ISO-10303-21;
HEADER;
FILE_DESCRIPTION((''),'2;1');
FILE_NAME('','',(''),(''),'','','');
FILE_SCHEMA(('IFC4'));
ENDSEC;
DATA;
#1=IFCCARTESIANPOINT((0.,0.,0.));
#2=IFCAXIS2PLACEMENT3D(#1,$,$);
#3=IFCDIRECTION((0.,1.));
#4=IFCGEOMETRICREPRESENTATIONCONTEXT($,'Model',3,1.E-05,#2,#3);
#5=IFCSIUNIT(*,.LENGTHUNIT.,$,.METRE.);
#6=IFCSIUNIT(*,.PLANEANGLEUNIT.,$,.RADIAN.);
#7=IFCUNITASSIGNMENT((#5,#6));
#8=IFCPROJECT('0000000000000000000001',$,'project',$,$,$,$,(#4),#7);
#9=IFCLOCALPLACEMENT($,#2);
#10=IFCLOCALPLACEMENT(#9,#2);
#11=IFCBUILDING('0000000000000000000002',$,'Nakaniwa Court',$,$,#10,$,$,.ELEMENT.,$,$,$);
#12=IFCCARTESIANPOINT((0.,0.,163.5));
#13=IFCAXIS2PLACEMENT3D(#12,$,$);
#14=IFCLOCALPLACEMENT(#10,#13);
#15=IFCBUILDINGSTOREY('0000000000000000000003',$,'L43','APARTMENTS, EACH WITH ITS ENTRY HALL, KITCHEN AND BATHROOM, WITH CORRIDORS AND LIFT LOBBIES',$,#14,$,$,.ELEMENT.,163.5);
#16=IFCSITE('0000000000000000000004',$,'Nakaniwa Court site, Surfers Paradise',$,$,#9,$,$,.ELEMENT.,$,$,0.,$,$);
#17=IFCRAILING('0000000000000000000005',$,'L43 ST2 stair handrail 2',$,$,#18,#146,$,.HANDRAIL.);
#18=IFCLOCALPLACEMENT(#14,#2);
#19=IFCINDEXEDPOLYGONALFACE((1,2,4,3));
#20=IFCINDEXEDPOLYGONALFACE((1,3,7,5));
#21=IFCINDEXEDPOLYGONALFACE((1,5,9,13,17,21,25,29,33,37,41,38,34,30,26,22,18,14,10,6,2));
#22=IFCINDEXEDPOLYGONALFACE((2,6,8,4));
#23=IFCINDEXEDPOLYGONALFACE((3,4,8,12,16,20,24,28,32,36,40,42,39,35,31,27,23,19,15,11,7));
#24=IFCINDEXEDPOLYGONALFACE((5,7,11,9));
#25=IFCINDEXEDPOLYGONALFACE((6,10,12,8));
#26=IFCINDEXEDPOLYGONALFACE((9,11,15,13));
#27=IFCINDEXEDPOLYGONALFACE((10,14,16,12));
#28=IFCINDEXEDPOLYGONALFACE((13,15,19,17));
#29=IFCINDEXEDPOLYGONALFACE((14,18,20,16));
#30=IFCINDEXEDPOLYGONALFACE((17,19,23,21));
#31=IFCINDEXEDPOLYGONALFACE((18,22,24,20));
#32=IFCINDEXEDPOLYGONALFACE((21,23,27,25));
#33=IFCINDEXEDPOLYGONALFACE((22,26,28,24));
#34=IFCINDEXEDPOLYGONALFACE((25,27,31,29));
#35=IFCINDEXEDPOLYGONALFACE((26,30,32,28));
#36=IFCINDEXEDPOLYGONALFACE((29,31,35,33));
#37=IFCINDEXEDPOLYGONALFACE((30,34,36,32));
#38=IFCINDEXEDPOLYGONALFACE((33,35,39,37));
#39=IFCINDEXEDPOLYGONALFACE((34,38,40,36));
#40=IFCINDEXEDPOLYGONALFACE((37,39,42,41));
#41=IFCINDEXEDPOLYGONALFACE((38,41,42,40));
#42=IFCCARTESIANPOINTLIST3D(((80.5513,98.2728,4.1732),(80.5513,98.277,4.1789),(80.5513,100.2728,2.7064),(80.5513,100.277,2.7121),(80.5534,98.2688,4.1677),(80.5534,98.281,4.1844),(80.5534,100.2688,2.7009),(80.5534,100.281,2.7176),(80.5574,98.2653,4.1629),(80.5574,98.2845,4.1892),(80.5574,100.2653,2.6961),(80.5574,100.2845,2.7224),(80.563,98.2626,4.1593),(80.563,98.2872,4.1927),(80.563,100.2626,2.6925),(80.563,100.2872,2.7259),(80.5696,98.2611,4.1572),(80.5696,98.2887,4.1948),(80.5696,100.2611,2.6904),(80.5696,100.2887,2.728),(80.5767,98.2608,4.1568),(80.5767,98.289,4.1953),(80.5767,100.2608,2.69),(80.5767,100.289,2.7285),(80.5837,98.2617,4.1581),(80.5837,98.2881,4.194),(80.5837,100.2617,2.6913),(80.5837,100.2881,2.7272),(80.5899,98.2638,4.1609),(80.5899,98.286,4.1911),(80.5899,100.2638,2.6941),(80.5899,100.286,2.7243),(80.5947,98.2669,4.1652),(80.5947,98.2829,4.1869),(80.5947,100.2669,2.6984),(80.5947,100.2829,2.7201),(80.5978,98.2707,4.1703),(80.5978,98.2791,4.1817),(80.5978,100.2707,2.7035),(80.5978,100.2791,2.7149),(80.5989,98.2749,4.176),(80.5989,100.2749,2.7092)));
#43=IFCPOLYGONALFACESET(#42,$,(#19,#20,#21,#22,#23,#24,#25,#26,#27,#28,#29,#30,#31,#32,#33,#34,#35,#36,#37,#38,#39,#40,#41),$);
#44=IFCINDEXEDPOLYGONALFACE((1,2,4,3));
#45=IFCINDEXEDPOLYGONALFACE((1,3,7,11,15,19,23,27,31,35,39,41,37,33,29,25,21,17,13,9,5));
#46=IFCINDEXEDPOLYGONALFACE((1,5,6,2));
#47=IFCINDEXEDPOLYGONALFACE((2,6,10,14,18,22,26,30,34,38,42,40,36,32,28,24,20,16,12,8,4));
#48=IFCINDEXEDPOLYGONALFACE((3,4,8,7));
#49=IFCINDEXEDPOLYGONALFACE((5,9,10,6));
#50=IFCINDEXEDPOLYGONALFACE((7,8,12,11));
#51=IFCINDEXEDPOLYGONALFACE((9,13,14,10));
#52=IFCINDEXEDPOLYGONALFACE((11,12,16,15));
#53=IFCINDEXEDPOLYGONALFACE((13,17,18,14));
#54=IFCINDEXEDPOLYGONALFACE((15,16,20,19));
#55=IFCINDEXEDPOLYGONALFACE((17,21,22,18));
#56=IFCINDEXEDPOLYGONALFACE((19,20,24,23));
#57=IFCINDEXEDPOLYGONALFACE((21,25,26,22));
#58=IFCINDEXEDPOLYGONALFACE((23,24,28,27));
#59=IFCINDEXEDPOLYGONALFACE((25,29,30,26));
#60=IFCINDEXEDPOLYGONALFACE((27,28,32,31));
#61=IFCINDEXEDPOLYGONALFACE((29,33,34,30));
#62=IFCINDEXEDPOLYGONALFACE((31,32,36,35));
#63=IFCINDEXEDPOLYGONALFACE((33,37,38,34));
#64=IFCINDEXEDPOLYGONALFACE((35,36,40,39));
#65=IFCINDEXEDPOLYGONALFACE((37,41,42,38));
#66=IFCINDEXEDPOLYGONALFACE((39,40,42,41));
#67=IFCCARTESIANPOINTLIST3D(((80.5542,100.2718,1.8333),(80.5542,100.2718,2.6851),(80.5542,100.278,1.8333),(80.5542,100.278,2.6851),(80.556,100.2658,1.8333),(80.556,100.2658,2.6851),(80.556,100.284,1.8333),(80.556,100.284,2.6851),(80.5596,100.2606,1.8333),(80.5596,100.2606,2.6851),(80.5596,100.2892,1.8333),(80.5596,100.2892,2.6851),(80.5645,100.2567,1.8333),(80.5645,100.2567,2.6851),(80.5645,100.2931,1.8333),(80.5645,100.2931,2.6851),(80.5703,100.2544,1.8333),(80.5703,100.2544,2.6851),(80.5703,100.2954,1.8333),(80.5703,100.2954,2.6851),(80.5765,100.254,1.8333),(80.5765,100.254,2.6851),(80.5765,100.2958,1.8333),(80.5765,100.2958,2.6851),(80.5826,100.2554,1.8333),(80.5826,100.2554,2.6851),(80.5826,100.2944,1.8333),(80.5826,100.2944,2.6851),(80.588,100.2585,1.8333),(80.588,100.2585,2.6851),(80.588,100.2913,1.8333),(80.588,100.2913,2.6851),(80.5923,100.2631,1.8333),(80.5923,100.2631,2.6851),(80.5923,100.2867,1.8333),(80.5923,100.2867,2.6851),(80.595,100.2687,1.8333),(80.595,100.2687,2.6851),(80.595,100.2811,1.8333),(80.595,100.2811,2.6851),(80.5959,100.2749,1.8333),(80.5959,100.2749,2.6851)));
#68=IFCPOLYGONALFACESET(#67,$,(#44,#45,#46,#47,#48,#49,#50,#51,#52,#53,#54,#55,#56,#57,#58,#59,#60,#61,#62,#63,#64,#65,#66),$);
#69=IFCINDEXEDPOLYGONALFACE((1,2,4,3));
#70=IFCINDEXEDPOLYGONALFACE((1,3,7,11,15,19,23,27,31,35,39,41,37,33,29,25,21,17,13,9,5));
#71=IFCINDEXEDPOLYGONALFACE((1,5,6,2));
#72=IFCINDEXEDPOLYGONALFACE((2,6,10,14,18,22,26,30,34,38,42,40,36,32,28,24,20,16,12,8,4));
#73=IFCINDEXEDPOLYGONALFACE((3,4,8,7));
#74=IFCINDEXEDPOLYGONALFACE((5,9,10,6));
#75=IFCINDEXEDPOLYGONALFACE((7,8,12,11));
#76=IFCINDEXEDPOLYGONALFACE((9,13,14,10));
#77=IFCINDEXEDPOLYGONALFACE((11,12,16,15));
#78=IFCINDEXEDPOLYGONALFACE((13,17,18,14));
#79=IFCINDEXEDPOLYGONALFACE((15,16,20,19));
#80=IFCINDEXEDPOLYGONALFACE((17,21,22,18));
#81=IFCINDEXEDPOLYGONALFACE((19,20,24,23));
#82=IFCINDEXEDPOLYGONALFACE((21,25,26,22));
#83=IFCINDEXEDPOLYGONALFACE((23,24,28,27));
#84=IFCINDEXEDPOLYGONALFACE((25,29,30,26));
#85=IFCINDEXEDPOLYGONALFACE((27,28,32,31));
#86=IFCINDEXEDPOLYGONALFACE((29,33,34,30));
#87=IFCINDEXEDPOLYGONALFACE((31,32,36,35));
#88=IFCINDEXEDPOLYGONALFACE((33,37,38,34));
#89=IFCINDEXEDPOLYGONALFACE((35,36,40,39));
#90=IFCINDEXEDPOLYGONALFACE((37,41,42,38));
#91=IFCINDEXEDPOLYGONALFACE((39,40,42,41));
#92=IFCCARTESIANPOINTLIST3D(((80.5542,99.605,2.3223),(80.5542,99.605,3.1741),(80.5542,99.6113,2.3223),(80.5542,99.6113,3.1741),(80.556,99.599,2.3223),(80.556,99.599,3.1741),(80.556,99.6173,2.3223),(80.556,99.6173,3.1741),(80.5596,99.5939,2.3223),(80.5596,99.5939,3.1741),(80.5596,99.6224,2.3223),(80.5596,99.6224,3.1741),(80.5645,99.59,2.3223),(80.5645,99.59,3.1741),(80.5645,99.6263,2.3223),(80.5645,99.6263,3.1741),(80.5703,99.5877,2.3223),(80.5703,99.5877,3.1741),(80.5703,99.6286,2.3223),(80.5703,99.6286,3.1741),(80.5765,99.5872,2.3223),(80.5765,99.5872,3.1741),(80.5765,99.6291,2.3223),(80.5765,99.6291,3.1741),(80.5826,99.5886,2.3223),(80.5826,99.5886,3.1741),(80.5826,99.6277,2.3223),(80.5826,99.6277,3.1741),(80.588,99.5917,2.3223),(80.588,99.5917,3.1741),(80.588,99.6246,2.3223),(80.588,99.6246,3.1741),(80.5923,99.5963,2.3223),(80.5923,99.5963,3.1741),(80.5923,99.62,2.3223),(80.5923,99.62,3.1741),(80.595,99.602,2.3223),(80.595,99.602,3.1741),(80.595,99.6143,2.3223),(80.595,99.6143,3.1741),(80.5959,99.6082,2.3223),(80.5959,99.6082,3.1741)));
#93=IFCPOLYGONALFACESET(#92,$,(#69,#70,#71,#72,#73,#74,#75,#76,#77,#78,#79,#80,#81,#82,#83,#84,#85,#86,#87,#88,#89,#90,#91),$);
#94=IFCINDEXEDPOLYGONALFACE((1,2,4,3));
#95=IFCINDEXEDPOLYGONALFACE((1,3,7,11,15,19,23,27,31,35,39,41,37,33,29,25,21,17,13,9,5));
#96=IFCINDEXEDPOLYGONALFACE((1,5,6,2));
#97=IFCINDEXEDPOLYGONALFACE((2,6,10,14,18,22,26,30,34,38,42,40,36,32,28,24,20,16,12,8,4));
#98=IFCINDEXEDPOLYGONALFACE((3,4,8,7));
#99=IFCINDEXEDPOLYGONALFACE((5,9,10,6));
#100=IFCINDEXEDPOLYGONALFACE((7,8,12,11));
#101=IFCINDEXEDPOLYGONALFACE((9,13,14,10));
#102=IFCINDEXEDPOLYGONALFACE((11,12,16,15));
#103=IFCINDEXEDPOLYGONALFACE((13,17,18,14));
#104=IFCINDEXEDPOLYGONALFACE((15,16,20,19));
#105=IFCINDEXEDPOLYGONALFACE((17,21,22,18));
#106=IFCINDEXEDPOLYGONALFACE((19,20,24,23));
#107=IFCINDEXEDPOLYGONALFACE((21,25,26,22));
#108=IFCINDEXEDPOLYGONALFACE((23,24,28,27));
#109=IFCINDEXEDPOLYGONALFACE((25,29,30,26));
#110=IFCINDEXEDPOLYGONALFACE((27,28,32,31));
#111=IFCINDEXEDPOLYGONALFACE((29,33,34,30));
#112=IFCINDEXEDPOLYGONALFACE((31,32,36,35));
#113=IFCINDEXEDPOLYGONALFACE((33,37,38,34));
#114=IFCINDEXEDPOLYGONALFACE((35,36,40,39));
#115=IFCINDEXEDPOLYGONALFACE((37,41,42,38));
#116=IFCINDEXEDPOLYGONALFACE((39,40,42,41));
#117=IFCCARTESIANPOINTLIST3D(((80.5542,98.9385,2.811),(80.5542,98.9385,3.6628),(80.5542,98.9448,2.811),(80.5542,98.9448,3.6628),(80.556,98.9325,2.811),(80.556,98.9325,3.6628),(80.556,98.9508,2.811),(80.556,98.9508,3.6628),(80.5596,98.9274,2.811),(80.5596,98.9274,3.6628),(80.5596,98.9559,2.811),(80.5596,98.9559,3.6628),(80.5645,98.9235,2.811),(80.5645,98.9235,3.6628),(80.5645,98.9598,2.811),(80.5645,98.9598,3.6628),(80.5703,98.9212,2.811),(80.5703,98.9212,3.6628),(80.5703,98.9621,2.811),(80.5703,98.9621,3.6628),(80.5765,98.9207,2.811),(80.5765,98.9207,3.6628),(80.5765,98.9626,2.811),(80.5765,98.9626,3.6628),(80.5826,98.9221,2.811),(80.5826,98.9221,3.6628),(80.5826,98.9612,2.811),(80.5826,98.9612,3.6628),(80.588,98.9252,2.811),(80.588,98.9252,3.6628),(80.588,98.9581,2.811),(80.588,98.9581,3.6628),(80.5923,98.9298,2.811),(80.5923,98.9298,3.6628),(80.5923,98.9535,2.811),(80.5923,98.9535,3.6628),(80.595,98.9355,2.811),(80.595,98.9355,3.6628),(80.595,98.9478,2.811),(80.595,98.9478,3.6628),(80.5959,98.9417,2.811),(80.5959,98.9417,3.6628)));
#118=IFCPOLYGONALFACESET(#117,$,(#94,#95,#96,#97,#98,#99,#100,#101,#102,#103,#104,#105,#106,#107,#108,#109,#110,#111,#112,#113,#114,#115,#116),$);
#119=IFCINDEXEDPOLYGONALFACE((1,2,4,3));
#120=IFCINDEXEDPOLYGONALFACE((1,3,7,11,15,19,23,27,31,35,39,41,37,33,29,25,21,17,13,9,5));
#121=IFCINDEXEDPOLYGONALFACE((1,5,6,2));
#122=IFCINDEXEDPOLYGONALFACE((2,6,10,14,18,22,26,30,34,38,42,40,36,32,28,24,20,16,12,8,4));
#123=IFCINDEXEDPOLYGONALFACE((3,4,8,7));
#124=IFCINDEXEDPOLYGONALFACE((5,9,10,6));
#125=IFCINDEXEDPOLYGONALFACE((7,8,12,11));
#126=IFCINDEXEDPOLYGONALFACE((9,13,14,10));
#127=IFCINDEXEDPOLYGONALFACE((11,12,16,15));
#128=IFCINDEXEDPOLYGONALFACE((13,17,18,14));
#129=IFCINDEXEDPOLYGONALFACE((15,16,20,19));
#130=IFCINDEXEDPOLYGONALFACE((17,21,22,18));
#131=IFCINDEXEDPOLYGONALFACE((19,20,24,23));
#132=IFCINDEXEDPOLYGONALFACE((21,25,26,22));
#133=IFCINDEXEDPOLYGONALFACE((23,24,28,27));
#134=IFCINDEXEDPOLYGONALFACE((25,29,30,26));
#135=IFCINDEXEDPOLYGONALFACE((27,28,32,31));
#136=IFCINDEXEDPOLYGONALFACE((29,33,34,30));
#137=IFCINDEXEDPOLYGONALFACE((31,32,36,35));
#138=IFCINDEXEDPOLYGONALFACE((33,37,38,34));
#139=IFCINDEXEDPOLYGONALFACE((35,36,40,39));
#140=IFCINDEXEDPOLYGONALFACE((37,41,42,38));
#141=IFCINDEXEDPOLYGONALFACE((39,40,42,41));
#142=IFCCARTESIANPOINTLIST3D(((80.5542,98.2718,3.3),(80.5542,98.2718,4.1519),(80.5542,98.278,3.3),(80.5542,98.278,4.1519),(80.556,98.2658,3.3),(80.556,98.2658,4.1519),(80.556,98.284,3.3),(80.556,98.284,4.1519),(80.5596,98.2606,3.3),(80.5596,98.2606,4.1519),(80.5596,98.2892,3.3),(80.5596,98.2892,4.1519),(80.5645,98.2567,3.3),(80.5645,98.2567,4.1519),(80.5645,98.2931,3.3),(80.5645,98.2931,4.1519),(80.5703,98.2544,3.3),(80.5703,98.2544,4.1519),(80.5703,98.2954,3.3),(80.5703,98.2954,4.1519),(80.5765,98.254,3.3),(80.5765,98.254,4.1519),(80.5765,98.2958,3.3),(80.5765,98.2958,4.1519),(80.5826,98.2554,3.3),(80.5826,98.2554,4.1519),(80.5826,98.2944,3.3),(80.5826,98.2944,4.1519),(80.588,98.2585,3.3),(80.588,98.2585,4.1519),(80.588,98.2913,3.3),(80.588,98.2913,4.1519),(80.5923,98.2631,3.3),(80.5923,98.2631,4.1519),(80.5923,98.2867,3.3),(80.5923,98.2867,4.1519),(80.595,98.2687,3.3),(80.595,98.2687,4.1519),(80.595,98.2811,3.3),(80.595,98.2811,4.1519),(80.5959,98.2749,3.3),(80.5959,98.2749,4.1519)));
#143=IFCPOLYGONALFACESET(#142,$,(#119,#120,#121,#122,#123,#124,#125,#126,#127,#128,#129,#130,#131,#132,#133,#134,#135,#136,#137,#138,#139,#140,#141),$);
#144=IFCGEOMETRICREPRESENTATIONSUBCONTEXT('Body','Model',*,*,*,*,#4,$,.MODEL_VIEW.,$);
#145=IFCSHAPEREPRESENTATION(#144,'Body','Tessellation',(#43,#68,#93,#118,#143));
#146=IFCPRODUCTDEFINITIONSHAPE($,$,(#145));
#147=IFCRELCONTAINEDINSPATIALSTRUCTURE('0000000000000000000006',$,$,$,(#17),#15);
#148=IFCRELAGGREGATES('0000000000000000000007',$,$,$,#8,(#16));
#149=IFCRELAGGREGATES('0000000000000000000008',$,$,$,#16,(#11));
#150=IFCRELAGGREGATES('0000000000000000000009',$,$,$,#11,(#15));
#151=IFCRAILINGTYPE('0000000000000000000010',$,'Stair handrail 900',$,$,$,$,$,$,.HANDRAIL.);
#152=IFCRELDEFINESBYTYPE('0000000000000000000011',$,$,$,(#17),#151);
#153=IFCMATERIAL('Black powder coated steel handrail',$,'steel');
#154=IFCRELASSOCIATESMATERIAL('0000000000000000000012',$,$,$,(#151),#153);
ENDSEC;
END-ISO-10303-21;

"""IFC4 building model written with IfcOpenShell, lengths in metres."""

from ifc_helpers import new_model, si_unit, direction, frame, origin, origin_2d, place, context, subcontext, project, spatial, circle, extrude, material, type_object, element, save


model = new_model("IFC4")

# Units and contexts
model_context = context("Model", 3, precision=1e-05, world=origin(), true_north=direction((0.0, 1.0)))
body_context = subcontext(model_context, "Body", "Model", "MODEL_VIEW")
ifc_project = project(units=[si_unit("LENGTHUNIT", "METRE"), si_unit("PLANEANGLEUNIT", "RADIAN")], contexts=[model_context])

# Site, building, storey
site_placement = place(None, origin())
site = spatial("IfcSite", under=ifc_project, at=site_placement, Name="Nakaniwa Court site, Surfers Paradise", CompositionType="ELEMENT", RefElevation=0.0)
building_placement = place(site_placement, origin())
building = spatial("IfcBuilding", under=site, at=building_placement, Name="Nakaniwa Court", CompositionType="ELEMENT")
storey_placement = place(building_placement, frame((0.0, 0.0, 163.5)))
storey = spatial("IfcBuildingStorey", under=building, at=storey_placement, Name="L43", Description="APARTMENTS, EACH WITH ITS ENTRY HALL, KITCHEN AND BATHROOM, WITH CORRIDORS AND LIFT LOBBIES", CompositionType="ELEMENT", Elevation=163.5)

# Railing
ifc_material_1 = material(Name="Black powder coated steel handrail", Category="steel")
railing_type_1 = type_object("IfcRailingType", Name="Stair handrail 900", PredefinedType="HANDRAIL", material=ifc_material_1)
railing_1_placement = place(storey_placement, frame((80.575, 100.2749, 1.8333)))
element("IfcRailing", 1, at=railing_1_placement, inside=storey, type_object=railing_type_1, Name="L43 ST2 stair handrail 2", PredefinedType="HANDRAIL", context=body_context, shape_type="SweptSolid", body=[
    extrude(circle(Radius=0.0239, at=origin_2d()), frame((0.0, 0.0, 0.876), z_axis=(0.0, -0.80638, 0.591398), x_axis=(1.0, 0.0, 0.0)), (0.0, 0.0, 1.0), 2.4802),
    extrude(circle(Radius=0.021, at=origin_2d()), origin(), (0.0, 0.0, 1.0), 0.8518),
    extrude(circle(Radius=0.021, at=origin_2d()), frame((0.0, -0.6667, 0.489)), (0.0, 0.0, 1.0), 0.8518),
    extrude(circle(Radius=0.021, at=origin_2d()), frame((0.0, -1.3333, 0.9778)), (0.0, 0.0, 1.0), 0.8518),
    extrude(circle(Radius=0.021, at=origin_2d()), frame((0.0, -2.0, 1.4668)), (0.0, 0.0, 1.0), 0.8518),
])

save(model, "model.ifc")
